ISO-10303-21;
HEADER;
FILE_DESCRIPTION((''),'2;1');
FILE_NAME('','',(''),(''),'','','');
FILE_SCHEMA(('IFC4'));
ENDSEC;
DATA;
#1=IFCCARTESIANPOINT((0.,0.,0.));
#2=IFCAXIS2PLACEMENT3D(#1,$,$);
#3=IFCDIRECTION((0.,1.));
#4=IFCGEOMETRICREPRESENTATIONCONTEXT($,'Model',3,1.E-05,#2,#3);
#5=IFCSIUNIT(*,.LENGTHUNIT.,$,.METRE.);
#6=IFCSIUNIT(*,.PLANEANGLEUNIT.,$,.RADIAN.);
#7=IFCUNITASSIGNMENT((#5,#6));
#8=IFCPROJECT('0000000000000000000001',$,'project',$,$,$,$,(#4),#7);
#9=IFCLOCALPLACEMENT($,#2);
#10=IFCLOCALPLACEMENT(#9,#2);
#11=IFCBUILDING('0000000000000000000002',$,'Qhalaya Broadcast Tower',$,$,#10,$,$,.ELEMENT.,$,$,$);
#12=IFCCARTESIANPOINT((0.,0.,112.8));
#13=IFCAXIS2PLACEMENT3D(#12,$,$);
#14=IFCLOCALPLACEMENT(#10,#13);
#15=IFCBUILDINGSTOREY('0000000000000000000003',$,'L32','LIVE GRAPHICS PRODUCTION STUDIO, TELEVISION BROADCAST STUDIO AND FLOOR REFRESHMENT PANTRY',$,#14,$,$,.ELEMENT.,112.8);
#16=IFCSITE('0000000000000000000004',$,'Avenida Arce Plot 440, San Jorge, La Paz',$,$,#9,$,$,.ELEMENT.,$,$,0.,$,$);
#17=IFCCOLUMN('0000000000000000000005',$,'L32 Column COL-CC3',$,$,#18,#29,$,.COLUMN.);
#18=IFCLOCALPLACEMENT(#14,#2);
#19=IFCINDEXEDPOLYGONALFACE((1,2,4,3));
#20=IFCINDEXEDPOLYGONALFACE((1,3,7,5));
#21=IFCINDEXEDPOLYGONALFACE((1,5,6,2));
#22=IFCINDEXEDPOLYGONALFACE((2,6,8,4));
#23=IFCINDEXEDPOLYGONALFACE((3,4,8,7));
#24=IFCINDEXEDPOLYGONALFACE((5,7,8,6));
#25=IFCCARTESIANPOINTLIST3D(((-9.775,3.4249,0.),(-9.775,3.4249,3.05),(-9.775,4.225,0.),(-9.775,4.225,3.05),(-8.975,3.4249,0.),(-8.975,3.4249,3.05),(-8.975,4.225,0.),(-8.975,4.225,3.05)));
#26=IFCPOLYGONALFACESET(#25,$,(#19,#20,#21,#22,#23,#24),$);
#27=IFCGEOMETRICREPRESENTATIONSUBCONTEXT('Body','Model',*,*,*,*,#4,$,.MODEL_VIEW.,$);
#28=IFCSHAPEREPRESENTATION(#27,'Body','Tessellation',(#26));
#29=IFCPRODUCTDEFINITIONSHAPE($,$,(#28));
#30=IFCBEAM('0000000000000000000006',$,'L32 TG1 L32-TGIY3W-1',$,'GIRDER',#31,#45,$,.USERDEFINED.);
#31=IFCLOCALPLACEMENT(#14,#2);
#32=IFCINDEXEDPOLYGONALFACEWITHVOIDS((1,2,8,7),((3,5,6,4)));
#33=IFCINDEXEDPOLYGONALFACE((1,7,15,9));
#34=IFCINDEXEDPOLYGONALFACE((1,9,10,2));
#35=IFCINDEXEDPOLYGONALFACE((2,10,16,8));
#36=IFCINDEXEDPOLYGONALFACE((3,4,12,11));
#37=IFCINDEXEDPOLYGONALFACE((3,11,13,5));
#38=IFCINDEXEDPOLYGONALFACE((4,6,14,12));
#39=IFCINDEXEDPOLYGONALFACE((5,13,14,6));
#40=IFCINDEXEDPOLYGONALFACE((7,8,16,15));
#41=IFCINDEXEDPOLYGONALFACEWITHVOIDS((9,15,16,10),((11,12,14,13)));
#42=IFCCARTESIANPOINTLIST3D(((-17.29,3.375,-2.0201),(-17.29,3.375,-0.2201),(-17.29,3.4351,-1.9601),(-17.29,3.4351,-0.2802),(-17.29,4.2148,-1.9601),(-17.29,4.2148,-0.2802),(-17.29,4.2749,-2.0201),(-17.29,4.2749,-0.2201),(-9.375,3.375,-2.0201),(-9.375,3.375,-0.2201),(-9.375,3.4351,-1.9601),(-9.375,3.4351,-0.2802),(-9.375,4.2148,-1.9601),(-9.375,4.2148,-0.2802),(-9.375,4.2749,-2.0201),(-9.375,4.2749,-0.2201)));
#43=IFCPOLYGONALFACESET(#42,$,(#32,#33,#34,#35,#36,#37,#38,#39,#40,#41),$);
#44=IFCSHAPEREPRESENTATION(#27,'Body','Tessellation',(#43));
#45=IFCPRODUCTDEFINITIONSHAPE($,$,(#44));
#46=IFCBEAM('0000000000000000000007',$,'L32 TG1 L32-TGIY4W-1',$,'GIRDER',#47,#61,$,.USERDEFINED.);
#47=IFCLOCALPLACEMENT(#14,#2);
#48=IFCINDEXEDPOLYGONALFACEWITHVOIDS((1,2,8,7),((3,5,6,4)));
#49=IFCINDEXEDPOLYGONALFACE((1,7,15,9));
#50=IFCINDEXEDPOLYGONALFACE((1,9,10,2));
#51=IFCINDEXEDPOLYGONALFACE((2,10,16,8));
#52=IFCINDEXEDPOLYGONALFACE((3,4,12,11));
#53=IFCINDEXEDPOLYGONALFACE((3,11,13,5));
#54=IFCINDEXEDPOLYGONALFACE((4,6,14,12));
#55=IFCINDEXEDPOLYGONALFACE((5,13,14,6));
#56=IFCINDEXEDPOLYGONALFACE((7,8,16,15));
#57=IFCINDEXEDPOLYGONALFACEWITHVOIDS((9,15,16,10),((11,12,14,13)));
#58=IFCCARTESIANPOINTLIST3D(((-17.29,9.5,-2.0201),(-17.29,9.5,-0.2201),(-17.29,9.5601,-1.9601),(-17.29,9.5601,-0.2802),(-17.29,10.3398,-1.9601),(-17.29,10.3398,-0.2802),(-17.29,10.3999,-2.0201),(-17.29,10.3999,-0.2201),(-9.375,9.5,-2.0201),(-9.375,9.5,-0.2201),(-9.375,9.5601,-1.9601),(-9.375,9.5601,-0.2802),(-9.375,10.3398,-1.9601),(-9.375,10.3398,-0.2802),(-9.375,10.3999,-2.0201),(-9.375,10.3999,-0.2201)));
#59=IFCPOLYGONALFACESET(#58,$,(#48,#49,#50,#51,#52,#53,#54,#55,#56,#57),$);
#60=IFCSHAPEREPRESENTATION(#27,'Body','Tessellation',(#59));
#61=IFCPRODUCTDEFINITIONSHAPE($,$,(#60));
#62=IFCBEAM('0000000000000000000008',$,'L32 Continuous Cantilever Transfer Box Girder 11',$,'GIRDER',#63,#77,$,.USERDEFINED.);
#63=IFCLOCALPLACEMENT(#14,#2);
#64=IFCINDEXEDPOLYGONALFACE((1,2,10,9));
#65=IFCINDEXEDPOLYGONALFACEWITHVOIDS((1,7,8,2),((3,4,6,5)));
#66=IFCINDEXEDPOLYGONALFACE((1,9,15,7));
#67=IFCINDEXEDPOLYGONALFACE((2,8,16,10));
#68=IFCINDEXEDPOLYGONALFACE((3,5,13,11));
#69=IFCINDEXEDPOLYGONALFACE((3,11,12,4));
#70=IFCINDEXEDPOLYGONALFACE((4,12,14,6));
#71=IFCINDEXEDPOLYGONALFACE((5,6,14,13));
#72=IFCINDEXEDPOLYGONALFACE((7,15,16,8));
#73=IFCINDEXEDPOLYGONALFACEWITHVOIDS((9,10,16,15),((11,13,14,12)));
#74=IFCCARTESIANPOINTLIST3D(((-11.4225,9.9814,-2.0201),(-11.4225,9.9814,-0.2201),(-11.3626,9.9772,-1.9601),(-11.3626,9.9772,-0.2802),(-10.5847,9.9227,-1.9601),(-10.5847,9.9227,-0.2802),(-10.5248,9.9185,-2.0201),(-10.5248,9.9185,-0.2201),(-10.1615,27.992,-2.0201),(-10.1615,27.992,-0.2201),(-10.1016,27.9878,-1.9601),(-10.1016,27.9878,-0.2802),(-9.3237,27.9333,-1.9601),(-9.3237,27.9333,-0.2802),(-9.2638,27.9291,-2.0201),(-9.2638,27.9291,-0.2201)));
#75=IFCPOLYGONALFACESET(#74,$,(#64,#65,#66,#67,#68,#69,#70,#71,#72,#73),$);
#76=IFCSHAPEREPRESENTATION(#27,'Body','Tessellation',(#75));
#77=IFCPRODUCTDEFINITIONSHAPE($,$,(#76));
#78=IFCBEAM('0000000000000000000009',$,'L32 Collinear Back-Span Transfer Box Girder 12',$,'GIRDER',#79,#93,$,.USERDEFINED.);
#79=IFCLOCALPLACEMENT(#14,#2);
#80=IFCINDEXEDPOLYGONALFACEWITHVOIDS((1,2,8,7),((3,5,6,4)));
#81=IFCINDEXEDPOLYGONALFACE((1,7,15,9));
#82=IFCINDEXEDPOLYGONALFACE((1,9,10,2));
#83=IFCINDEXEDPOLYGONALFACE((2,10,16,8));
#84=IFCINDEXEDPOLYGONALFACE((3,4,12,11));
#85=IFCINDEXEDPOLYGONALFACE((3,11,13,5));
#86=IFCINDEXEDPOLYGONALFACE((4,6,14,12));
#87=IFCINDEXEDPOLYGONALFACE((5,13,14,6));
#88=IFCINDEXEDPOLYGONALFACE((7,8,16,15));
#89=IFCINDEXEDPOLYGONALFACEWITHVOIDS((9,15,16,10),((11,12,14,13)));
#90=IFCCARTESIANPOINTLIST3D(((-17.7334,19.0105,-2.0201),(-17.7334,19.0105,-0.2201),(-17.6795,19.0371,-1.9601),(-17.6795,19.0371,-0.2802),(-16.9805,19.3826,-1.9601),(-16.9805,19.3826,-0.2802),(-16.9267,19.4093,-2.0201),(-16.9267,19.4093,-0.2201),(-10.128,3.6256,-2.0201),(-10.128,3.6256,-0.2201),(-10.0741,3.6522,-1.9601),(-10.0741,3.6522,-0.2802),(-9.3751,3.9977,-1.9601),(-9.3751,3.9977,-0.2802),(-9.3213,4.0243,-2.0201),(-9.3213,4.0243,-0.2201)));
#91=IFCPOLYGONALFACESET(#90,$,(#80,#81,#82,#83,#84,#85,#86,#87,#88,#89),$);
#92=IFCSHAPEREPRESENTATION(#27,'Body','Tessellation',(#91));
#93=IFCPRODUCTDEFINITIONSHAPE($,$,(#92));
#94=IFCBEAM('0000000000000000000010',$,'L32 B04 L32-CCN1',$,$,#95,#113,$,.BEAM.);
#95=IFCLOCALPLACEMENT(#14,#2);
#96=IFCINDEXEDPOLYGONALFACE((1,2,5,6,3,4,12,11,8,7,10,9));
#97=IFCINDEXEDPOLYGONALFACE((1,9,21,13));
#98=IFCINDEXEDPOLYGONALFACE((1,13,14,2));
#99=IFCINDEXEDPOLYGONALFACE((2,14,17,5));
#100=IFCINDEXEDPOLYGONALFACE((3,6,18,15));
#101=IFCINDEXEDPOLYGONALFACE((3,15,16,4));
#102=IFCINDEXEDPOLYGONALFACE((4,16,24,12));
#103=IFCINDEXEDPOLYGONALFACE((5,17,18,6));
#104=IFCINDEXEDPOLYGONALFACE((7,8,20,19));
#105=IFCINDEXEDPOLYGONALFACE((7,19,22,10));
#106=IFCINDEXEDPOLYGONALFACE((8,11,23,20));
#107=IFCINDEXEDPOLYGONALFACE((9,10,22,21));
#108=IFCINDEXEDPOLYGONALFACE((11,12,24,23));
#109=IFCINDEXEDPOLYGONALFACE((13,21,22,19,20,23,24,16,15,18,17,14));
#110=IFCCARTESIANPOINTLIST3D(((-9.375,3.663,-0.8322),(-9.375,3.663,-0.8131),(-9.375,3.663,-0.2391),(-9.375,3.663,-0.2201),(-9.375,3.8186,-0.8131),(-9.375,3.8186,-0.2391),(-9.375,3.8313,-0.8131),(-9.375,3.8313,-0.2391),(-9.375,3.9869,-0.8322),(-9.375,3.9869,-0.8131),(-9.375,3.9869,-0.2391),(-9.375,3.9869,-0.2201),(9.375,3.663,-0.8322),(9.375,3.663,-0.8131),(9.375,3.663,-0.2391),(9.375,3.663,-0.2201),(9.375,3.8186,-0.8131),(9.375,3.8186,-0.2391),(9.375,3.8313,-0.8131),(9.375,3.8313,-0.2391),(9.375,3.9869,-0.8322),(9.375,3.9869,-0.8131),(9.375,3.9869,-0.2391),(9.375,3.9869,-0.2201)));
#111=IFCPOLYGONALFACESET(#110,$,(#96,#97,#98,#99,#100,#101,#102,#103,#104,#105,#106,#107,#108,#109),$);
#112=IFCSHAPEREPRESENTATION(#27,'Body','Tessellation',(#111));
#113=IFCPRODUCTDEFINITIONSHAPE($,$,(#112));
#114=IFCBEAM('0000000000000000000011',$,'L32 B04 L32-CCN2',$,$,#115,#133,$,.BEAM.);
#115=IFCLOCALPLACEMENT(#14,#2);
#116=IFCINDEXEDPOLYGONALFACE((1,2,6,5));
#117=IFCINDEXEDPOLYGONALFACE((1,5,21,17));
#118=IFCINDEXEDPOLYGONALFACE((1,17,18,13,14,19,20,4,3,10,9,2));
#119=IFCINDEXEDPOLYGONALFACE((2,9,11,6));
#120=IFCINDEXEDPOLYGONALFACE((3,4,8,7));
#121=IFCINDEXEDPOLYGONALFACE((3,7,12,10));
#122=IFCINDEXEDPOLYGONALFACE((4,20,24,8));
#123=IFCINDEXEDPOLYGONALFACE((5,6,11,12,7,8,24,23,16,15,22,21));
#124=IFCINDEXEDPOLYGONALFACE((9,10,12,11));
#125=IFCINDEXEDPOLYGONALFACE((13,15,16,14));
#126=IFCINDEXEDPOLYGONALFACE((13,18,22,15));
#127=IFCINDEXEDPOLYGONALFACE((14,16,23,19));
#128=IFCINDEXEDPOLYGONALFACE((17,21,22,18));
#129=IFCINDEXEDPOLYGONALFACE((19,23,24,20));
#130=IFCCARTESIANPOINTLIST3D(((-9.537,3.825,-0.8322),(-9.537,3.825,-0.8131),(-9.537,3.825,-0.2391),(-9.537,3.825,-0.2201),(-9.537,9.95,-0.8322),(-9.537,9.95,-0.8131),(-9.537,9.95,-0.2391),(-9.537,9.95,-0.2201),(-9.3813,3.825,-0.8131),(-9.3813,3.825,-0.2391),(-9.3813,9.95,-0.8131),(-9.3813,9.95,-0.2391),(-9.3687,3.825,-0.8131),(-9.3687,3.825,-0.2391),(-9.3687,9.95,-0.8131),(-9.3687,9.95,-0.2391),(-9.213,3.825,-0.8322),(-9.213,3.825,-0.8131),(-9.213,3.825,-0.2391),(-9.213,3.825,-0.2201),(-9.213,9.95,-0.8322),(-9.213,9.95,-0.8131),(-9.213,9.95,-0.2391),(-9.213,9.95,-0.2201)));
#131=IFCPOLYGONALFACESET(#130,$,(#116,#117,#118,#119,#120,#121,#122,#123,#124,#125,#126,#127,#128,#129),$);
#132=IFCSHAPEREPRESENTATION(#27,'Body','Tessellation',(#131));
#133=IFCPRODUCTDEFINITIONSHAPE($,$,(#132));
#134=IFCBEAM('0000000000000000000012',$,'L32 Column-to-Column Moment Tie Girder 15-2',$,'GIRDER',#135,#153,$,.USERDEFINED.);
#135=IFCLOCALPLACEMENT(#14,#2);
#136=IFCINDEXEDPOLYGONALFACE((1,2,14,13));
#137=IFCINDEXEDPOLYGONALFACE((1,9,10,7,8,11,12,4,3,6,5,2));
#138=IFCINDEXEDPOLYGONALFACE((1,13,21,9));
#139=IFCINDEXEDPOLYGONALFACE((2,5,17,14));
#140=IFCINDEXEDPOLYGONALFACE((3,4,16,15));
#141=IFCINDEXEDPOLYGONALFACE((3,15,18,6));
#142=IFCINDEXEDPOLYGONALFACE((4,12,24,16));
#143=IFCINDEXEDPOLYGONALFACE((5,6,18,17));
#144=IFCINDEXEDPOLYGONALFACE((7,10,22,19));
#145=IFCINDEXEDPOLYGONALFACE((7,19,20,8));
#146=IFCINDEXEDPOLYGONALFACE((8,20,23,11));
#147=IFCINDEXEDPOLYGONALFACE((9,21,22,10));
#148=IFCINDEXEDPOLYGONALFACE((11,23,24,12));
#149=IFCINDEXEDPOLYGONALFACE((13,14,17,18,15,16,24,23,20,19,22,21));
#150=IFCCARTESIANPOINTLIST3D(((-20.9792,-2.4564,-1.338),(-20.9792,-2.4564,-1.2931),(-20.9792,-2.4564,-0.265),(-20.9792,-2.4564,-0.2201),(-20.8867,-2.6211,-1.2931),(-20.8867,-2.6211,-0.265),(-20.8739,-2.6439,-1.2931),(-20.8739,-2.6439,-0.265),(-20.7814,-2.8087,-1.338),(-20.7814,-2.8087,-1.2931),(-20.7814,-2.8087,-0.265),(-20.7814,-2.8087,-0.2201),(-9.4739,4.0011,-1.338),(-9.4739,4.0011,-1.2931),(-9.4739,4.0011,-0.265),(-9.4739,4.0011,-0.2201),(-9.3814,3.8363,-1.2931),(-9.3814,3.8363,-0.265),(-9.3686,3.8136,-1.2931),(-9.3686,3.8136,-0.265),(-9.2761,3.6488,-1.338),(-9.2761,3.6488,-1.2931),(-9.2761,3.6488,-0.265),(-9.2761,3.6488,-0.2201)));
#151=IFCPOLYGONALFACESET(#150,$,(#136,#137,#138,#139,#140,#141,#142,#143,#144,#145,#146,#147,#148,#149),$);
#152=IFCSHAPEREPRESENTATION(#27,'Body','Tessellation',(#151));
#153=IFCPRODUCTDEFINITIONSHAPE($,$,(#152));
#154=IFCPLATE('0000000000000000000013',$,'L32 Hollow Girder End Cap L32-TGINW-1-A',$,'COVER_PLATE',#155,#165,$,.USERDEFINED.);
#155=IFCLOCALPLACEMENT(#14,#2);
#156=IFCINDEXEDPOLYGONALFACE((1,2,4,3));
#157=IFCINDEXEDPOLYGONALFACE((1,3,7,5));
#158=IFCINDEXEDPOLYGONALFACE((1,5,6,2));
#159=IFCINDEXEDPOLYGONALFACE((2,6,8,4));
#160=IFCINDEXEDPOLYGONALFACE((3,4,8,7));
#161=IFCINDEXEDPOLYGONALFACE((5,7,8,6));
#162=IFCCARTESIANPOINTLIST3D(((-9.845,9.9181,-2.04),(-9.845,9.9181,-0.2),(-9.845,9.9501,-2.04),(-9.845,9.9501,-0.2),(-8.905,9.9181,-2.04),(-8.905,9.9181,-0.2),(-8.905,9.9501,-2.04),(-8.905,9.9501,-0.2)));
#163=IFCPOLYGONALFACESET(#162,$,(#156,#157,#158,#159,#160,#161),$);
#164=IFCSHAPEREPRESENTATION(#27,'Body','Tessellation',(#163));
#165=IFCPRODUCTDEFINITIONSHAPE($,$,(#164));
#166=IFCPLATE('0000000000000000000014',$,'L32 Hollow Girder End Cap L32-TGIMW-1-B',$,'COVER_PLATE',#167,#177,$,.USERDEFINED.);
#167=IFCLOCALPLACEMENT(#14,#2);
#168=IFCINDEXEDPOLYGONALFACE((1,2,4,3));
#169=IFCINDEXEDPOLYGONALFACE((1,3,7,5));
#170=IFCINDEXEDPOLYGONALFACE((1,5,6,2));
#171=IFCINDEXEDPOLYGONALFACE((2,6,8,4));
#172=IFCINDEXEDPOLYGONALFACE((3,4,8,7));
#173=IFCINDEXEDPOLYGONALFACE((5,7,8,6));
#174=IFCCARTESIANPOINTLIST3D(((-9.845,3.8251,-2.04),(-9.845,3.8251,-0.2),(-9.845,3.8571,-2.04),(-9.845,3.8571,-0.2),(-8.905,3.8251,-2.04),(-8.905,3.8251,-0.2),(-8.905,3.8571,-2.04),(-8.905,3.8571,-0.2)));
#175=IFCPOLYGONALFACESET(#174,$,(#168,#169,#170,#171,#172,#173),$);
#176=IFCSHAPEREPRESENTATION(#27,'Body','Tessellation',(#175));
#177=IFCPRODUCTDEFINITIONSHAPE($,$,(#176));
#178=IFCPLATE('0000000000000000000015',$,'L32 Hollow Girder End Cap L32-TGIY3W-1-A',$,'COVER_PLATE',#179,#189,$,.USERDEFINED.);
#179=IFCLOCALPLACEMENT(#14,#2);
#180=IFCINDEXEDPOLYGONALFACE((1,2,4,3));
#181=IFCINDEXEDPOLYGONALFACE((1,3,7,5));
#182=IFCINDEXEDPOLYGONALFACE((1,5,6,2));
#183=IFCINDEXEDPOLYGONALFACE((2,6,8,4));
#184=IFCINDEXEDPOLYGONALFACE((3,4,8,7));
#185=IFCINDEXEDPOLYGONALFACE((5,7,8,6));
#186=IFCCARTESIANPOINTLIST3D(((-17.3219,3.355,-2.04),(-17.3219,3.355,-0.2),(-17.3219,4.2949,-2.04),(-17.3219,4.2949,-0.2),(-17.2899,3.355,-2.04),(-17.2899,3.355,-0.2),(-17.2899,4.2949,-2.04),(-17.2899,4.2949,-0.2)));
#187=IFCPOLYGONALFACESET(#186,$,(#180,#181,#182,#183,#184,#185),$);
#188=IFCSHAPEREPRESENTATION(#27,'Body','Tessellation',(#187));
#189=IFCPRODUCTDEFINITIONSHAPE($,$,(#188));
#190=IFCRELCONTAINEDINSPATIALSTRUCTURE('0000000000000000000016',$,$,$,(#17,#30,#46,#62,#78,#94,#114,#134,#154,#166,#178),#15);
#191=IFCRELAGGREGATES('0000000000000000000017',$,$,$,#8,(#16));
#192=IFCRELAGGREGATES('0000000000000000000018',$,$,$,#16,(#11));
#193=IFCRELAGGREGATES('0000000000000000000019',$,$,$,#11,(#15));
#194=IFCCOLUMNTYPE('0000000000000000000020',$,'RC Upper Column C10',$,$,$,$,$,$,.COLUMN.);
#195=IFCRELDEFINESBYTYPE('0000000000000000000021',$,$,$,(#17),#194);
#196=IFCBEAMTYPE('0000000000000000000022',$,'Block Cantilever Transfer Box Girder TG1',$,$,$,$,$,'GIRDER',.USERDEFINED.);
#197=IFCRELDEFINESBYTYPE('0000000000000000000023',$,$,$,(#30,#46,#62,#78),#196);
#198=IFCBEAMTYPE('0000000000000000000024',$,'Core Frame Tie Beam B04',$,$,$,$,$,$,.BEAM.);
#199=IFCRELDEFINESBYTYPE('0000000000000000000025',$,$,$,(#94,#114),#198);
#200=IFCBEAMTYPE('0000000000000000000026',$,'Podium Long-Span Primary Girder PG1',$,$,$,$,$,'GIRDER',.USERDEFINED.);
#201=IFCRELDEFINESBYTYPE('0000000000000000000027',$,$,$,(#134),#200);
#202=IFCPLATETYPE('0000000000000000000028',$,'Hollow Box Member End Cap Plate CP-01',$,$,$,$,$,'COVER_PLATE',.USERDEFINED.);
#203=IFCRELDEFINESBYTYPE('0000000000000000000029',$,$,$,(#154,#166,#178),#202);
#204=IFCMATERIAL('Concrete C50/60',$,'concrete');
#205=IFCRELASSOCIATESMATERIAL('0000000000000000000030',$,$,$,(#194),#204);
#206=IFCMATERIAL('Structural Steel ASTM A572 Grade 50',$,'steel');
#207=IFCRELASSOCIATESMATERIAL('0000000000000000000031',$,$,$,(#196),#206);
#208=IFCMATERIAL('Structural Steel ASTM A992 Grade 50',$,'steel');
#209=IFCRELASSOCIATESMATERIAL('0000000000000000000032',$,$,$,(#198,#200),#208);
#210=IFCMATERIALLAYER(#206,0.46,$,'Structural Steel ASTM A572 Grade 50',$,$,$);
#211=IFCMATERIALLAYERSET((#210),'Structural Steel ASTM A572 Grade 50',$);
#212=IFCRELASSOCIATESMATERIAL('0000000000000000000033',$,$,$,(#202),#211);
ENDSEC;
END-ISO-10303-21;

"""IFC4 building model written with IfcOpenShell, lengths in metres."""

from ifc_helpers import new_model, si_unit, direction, frame, origin, origin_2d, place, context, subcontext, project, spatial, rectangle, hollow_rectangle, i_section, extrude, material, layer, layer_set, material_profile, profile_set, type_object, element, save


model = new_model("IFC4")

# Units and contexts
model_context = context("Model", 3, precision=1e-05, world=origin(), true_north=direction((0.0, 1.0)))
body_context = subcontext(model_context, "Body", "Model", "MODEL_VIEW")
ifc_project = project(units=[si_unit("LENGTHUNIT", "METRE"), si_unit("PLANEANGLEUNIT", "RADIAN")], contexts=[model_context])

# Site, building, storey
site_placement = place(None, origin())
site = spatial("IfcSite", under=ifc_project, at=site_placement, Name="Avenida Arce Plot 440, San Jorge, La Paz", CompositionType="ELEMENT", RefElevation=0.0)
building_placement = place(site_placement, origin())
building = spatial("IfcBuilding", under=site, at=building_placement, Name="Qhalaya Broadcast Tower", CompositionType="ELEMENT")
storey_placement = place(building_placement, frame((0.0, 0.0, 112.8)))
storey = spatial("IfcBuildingStorey", under=building, at=storey_placement, Name="L32", Description="LIVE GRAPHICS PRODUCTION STUDIO, TELEVISION BROADCAST STUDIO AND FLOOR REFRESHMENT PANTRY", CompositionType="ELEMENT", Elevation=112.8)

# Column
ifc_material_1 = material(Name="Concrete C50/60", Category="concrete")
ifc_material_profile_1 = material_profile(ifc_material_1, rectangle(XDim=0.8, YDim=0.8, at=origin_2d()), Name="RC-COL 800x800")
ifc_profile_set_1 = profile_set([ifc_material_profile_1], Name="Concrete C50/60")
column_type = type_object("IfcColumnType", Name="RC Upper Column C10", PredefinedType="COLUMN", material=ifc_profile_set_1)
column_placement = place(storey_placement, frame((-9.375, 3.825, 0.0), z_axis=(0.0, 0.0, 1.0), x_axis=(1.0, 0.0, 0.0)))
element("IfcColumn", 1, at=column_placement, inside=storey, type_object=column_type, Name="L32 Column COL-CC3", PredefinedType="COLUMN", context=body_context, shape_type="SweptSolid", body=[
    extrude(rectangle(XDim=0.8, YDim=0.8, at=origin_2d()), origin(), (0.0, 0.0, 1.0), 3.05),
])

# Beams
ifc_material_2 = material(Name="Structural Steel ASTM A572 Grade 50", Category="steel")
ifc_material_profile_2 = material_profile(ifc_material_2, hollow_rectangle(XDim=0.8999, YDim=1.8, WallThickness=0.0601, at=origin_2d()), Name="BOX 900x1800x60")
ifc_profile_set_2 = profile_set([ifc_material_profile_2], Name="Structural Steel ASTM A572 Grade 50")
beam_type_1 = type_object("IfcBeamType", Name="Block Cantilever Transfer Box Girder TG1", ElementType="GIRDER", PredefinedType="USERDEFINED", material=ifc_profile_set_2)
for number, where, z_axis, x_axis, name in (
    (2, (-17.29, 3.825, -1.1201), (1.0, 0.0, 0.0), (0.0, 1.0, 0.0), "L32 TG1 L32-TGIY3W-1"),
    (3, (-17.29, 9.95, -1.1201), (1.0, 0.0, 0.0), (0.0, 1.0, 0.0), "L32 TG1 L32-TGIY4W-1"),
):
    element("IfcBeam", number, at=place(storey_placement, frame(where, z_axis=z_axis, x_axis=x_axis)), inside=storey, type_object=beam_type_1, Name=name, ObjectType="GIRDER", PredefinedType="USERDEFINED", context=body_context, shape_type="SweptSolid", body=[
        extrude(hollow_rectangle(XDim=0.8999, YDim=1.8, WallThickness=0.0601, at=origin_2d()), origin(), (0.0, 0.0, 1.0), 7.915),
    ])
beam_1_placement = place(storey_placement, frame((-10.9736, 9.95, -1.1201), z_axis=(0.069843, 0.997558, 0.0), x_axis=(-0.997558, 0.069843, 0.0)))
element("IfcBeam", 4, at=beam_1_placement, inside=storey, type_object=beam_type_1, Name="L32 Continuous Cantilever Transfer Box Girder 11", ObjectType="GIRDER", PredefinedType="USERDEFINED", context=body_context, shape_type="SweptSolid", body=[
    extrude(hollow_rectangle(XDim=0.8999, YDim=1.8, WallThickness=0.0601, at=origin_2d()), origin(), (0.0, 0.0, 1.0), 18.0547),
])
beam_2_placement = place(storey_placement, frame((-9.7246, 3.825, -1.1201), z_axis=(-0.443152, 0.896447, 0.0), x_axis=(-0.896447, -0.443152, 0.0)))
element("IfcBeam", 5, at=beam_2_placement, inside=storey, type_object=beam_type_1, Name="L32 Collinear Back-Span Transfer Box Girder 12", ObjectType="GIRDER", PredefinedType="USERDEFINED", context=body_context, shape_type="SweptSolid", body=[
    extrude(hollow_rectangle(XDim=0.8999, YDim=1.8, WallThickness=0.0601, at=origin_2d()), origin(), (0.0, 0.0, 1.0), 17.1621),
])
ifc_material_3 = material(Name="Structural Steel ASTM A992 Grade 50", Category="steel")
ifc_material_profile_3 = material_profile(ifc_material_3, i_section(OverallWidth=0.324, OverallDepth=0.6121, WebThickness=0.0127, FlangeThickness=0.019, at=origin_2d()), Name="W24X104")
ifc_profile_set_3 = profile_set([ifc_material_profile_3], Name="Structural Steel ASTM A992 Grade 50")
beam_type_2 = type_object("IfcBeamType", Name="Core Frame Tie Beam B04", PredefinedType="BEAM", material=ifc_profile_set_3)
beam_3_placement = place(storey_placement, frame((-9.375, 3.825, -0.5261), z_axis=(1.0, 0.0, 0.0), x_axis=(0.0, 1.0, 0.0)))
element("IfcBeam", 6, at=beam_3_placement, inside=storey, type_object=beam_type_2, Name="L32 B04 L32-CCN1", PredefinedType="BEAM", context=body_context, shape_type="SweptSolid", body=[
    extrude(i_section(OverallWidth=0.324, OverallDepth=0.6121, WebThickness=0.0127, FlangeThickness=0.019, at=origin_2d()), origin(), (0.0, 0.0, 1.0), 18.75),
])
beam_4_placement = place(storey_placement, frame((-9.375, 3.825, -0.5261), z_axis=(0.0, 1.0, 0.0), x_axis=(-1.0, 0.0, 0.0)))
element("IfcBeam", 7, at=beam_4_placement, inside=storey, type_object=beam_type_2, Name="L32 B04 L32-CCN2", PredefinedType="BEAM", context=body_context, shape_type="SweptSolid", body=[
    extrude(i_section(OverallWidth=0.324, OverallDepth=0.6121, WebThickness=0.0127, FlangeThickness=0.019, at=origin_2d()), origin(), (0.0, 0.0, 1.0), 6.125),
])
ifc_material_profile_4 = material_profile(ifc_material_3, i_section(OverallWidth=0.4041, OverallDepth=1.1179, WebThickness=0.0261, FlangeThickness=0.0449, at=origin_2d()), Name="W44X335")
ifc_profile_set_4 = profile_set([ifc_material_profile_4], Name="Structural Steel ASTM A992 Grade 50")
beam_type_3 = type_object("IfcBeamType", Name="Podium Long-Span Primary Girder PG1", ElementType="GIRDER", PredefinedType="USERDEFINED", material=ifc_profile_set_4)
beam_5_placement = place(storey_placement, frame((-9.375, 3.825, -0.7791), z_axis=(-0.872037, -0.48944, 0.0), x_axis=(0.48944, -0.872037, 0.0)))
element("IfcBeam", 8, at=beam_5_placement, inside=storey, type_object=beam_type_3, Name="L32 Column-to-Column Moment Tie Girder 15-2", ObjectType="GIRDER", PredefinedType="USERDEFINED", context=body_context, shape_type="SweptSolid", body=[
    extrude(i_section(OverallWidth=0.4041, OverallDepth=1.1179, WebThickness=0.0261, FlangeThickness=0.0449, at=origin_2d()), origin(), (0.0, 0.0, 1.0), 13.1936),
])

# Plates
ifc_layer_1 = layer(ifc_material_2, 0.46, Name="Structural Steel ASTM A572 Grade 50")
ifc_layer_set_1 = layer_set([ifc_layer_1], Name="Structural Steel ASTM A572 Grade 50")
plate_type = type_object("IfcPlateType", Name="Hollow Box Member End Cap Plate CP-01", ElementType="COVER_PLATE", PredefinedType="USERDEFINED", material=ifc_layer_set_1)
for number, where, z_axis, x_axis, name in (
    (9, (-9.375, 9.9341, -2.04), (0.0, 0.0, 1.0), (-1.0, 0.0, 0.0), "L32 Hollow Girder End Cap L32-TGINW-1-A"),
    (10, (-9.375, 3.8411, -2.04), (0.0, 0.0, 1.0), (-1.0, 0.0, 0.0), "L32 Hollow Girder End Cap L32-TGIMW-1-B"),
    (11, (-17.3059, 3.825, -2.04), (0.0, 0.0, 1.0), (0.0, 1.0, 0.0), "L32 Hollow Girder End Cap L32-TGIY3W-1-A"),
):
    element("IfcPlate", number, at=place(storey_placement, frame(where, z_axis=z_axis, x_axis=x_axis)), inside=storey, type_object=plate_type, Name=name, ObjectType="COVER_PLATE", PredefinedType="USERDEFINED", context=body_context, shape_type="SweptSolid", body=[
        extrude(rectangle(XDim=0.9399, YDim=0.032, at=origin_2d()), origin(), (0.0, 0.0, 1.0), 1.8401),
    ])

save(model, "model.ifc")
